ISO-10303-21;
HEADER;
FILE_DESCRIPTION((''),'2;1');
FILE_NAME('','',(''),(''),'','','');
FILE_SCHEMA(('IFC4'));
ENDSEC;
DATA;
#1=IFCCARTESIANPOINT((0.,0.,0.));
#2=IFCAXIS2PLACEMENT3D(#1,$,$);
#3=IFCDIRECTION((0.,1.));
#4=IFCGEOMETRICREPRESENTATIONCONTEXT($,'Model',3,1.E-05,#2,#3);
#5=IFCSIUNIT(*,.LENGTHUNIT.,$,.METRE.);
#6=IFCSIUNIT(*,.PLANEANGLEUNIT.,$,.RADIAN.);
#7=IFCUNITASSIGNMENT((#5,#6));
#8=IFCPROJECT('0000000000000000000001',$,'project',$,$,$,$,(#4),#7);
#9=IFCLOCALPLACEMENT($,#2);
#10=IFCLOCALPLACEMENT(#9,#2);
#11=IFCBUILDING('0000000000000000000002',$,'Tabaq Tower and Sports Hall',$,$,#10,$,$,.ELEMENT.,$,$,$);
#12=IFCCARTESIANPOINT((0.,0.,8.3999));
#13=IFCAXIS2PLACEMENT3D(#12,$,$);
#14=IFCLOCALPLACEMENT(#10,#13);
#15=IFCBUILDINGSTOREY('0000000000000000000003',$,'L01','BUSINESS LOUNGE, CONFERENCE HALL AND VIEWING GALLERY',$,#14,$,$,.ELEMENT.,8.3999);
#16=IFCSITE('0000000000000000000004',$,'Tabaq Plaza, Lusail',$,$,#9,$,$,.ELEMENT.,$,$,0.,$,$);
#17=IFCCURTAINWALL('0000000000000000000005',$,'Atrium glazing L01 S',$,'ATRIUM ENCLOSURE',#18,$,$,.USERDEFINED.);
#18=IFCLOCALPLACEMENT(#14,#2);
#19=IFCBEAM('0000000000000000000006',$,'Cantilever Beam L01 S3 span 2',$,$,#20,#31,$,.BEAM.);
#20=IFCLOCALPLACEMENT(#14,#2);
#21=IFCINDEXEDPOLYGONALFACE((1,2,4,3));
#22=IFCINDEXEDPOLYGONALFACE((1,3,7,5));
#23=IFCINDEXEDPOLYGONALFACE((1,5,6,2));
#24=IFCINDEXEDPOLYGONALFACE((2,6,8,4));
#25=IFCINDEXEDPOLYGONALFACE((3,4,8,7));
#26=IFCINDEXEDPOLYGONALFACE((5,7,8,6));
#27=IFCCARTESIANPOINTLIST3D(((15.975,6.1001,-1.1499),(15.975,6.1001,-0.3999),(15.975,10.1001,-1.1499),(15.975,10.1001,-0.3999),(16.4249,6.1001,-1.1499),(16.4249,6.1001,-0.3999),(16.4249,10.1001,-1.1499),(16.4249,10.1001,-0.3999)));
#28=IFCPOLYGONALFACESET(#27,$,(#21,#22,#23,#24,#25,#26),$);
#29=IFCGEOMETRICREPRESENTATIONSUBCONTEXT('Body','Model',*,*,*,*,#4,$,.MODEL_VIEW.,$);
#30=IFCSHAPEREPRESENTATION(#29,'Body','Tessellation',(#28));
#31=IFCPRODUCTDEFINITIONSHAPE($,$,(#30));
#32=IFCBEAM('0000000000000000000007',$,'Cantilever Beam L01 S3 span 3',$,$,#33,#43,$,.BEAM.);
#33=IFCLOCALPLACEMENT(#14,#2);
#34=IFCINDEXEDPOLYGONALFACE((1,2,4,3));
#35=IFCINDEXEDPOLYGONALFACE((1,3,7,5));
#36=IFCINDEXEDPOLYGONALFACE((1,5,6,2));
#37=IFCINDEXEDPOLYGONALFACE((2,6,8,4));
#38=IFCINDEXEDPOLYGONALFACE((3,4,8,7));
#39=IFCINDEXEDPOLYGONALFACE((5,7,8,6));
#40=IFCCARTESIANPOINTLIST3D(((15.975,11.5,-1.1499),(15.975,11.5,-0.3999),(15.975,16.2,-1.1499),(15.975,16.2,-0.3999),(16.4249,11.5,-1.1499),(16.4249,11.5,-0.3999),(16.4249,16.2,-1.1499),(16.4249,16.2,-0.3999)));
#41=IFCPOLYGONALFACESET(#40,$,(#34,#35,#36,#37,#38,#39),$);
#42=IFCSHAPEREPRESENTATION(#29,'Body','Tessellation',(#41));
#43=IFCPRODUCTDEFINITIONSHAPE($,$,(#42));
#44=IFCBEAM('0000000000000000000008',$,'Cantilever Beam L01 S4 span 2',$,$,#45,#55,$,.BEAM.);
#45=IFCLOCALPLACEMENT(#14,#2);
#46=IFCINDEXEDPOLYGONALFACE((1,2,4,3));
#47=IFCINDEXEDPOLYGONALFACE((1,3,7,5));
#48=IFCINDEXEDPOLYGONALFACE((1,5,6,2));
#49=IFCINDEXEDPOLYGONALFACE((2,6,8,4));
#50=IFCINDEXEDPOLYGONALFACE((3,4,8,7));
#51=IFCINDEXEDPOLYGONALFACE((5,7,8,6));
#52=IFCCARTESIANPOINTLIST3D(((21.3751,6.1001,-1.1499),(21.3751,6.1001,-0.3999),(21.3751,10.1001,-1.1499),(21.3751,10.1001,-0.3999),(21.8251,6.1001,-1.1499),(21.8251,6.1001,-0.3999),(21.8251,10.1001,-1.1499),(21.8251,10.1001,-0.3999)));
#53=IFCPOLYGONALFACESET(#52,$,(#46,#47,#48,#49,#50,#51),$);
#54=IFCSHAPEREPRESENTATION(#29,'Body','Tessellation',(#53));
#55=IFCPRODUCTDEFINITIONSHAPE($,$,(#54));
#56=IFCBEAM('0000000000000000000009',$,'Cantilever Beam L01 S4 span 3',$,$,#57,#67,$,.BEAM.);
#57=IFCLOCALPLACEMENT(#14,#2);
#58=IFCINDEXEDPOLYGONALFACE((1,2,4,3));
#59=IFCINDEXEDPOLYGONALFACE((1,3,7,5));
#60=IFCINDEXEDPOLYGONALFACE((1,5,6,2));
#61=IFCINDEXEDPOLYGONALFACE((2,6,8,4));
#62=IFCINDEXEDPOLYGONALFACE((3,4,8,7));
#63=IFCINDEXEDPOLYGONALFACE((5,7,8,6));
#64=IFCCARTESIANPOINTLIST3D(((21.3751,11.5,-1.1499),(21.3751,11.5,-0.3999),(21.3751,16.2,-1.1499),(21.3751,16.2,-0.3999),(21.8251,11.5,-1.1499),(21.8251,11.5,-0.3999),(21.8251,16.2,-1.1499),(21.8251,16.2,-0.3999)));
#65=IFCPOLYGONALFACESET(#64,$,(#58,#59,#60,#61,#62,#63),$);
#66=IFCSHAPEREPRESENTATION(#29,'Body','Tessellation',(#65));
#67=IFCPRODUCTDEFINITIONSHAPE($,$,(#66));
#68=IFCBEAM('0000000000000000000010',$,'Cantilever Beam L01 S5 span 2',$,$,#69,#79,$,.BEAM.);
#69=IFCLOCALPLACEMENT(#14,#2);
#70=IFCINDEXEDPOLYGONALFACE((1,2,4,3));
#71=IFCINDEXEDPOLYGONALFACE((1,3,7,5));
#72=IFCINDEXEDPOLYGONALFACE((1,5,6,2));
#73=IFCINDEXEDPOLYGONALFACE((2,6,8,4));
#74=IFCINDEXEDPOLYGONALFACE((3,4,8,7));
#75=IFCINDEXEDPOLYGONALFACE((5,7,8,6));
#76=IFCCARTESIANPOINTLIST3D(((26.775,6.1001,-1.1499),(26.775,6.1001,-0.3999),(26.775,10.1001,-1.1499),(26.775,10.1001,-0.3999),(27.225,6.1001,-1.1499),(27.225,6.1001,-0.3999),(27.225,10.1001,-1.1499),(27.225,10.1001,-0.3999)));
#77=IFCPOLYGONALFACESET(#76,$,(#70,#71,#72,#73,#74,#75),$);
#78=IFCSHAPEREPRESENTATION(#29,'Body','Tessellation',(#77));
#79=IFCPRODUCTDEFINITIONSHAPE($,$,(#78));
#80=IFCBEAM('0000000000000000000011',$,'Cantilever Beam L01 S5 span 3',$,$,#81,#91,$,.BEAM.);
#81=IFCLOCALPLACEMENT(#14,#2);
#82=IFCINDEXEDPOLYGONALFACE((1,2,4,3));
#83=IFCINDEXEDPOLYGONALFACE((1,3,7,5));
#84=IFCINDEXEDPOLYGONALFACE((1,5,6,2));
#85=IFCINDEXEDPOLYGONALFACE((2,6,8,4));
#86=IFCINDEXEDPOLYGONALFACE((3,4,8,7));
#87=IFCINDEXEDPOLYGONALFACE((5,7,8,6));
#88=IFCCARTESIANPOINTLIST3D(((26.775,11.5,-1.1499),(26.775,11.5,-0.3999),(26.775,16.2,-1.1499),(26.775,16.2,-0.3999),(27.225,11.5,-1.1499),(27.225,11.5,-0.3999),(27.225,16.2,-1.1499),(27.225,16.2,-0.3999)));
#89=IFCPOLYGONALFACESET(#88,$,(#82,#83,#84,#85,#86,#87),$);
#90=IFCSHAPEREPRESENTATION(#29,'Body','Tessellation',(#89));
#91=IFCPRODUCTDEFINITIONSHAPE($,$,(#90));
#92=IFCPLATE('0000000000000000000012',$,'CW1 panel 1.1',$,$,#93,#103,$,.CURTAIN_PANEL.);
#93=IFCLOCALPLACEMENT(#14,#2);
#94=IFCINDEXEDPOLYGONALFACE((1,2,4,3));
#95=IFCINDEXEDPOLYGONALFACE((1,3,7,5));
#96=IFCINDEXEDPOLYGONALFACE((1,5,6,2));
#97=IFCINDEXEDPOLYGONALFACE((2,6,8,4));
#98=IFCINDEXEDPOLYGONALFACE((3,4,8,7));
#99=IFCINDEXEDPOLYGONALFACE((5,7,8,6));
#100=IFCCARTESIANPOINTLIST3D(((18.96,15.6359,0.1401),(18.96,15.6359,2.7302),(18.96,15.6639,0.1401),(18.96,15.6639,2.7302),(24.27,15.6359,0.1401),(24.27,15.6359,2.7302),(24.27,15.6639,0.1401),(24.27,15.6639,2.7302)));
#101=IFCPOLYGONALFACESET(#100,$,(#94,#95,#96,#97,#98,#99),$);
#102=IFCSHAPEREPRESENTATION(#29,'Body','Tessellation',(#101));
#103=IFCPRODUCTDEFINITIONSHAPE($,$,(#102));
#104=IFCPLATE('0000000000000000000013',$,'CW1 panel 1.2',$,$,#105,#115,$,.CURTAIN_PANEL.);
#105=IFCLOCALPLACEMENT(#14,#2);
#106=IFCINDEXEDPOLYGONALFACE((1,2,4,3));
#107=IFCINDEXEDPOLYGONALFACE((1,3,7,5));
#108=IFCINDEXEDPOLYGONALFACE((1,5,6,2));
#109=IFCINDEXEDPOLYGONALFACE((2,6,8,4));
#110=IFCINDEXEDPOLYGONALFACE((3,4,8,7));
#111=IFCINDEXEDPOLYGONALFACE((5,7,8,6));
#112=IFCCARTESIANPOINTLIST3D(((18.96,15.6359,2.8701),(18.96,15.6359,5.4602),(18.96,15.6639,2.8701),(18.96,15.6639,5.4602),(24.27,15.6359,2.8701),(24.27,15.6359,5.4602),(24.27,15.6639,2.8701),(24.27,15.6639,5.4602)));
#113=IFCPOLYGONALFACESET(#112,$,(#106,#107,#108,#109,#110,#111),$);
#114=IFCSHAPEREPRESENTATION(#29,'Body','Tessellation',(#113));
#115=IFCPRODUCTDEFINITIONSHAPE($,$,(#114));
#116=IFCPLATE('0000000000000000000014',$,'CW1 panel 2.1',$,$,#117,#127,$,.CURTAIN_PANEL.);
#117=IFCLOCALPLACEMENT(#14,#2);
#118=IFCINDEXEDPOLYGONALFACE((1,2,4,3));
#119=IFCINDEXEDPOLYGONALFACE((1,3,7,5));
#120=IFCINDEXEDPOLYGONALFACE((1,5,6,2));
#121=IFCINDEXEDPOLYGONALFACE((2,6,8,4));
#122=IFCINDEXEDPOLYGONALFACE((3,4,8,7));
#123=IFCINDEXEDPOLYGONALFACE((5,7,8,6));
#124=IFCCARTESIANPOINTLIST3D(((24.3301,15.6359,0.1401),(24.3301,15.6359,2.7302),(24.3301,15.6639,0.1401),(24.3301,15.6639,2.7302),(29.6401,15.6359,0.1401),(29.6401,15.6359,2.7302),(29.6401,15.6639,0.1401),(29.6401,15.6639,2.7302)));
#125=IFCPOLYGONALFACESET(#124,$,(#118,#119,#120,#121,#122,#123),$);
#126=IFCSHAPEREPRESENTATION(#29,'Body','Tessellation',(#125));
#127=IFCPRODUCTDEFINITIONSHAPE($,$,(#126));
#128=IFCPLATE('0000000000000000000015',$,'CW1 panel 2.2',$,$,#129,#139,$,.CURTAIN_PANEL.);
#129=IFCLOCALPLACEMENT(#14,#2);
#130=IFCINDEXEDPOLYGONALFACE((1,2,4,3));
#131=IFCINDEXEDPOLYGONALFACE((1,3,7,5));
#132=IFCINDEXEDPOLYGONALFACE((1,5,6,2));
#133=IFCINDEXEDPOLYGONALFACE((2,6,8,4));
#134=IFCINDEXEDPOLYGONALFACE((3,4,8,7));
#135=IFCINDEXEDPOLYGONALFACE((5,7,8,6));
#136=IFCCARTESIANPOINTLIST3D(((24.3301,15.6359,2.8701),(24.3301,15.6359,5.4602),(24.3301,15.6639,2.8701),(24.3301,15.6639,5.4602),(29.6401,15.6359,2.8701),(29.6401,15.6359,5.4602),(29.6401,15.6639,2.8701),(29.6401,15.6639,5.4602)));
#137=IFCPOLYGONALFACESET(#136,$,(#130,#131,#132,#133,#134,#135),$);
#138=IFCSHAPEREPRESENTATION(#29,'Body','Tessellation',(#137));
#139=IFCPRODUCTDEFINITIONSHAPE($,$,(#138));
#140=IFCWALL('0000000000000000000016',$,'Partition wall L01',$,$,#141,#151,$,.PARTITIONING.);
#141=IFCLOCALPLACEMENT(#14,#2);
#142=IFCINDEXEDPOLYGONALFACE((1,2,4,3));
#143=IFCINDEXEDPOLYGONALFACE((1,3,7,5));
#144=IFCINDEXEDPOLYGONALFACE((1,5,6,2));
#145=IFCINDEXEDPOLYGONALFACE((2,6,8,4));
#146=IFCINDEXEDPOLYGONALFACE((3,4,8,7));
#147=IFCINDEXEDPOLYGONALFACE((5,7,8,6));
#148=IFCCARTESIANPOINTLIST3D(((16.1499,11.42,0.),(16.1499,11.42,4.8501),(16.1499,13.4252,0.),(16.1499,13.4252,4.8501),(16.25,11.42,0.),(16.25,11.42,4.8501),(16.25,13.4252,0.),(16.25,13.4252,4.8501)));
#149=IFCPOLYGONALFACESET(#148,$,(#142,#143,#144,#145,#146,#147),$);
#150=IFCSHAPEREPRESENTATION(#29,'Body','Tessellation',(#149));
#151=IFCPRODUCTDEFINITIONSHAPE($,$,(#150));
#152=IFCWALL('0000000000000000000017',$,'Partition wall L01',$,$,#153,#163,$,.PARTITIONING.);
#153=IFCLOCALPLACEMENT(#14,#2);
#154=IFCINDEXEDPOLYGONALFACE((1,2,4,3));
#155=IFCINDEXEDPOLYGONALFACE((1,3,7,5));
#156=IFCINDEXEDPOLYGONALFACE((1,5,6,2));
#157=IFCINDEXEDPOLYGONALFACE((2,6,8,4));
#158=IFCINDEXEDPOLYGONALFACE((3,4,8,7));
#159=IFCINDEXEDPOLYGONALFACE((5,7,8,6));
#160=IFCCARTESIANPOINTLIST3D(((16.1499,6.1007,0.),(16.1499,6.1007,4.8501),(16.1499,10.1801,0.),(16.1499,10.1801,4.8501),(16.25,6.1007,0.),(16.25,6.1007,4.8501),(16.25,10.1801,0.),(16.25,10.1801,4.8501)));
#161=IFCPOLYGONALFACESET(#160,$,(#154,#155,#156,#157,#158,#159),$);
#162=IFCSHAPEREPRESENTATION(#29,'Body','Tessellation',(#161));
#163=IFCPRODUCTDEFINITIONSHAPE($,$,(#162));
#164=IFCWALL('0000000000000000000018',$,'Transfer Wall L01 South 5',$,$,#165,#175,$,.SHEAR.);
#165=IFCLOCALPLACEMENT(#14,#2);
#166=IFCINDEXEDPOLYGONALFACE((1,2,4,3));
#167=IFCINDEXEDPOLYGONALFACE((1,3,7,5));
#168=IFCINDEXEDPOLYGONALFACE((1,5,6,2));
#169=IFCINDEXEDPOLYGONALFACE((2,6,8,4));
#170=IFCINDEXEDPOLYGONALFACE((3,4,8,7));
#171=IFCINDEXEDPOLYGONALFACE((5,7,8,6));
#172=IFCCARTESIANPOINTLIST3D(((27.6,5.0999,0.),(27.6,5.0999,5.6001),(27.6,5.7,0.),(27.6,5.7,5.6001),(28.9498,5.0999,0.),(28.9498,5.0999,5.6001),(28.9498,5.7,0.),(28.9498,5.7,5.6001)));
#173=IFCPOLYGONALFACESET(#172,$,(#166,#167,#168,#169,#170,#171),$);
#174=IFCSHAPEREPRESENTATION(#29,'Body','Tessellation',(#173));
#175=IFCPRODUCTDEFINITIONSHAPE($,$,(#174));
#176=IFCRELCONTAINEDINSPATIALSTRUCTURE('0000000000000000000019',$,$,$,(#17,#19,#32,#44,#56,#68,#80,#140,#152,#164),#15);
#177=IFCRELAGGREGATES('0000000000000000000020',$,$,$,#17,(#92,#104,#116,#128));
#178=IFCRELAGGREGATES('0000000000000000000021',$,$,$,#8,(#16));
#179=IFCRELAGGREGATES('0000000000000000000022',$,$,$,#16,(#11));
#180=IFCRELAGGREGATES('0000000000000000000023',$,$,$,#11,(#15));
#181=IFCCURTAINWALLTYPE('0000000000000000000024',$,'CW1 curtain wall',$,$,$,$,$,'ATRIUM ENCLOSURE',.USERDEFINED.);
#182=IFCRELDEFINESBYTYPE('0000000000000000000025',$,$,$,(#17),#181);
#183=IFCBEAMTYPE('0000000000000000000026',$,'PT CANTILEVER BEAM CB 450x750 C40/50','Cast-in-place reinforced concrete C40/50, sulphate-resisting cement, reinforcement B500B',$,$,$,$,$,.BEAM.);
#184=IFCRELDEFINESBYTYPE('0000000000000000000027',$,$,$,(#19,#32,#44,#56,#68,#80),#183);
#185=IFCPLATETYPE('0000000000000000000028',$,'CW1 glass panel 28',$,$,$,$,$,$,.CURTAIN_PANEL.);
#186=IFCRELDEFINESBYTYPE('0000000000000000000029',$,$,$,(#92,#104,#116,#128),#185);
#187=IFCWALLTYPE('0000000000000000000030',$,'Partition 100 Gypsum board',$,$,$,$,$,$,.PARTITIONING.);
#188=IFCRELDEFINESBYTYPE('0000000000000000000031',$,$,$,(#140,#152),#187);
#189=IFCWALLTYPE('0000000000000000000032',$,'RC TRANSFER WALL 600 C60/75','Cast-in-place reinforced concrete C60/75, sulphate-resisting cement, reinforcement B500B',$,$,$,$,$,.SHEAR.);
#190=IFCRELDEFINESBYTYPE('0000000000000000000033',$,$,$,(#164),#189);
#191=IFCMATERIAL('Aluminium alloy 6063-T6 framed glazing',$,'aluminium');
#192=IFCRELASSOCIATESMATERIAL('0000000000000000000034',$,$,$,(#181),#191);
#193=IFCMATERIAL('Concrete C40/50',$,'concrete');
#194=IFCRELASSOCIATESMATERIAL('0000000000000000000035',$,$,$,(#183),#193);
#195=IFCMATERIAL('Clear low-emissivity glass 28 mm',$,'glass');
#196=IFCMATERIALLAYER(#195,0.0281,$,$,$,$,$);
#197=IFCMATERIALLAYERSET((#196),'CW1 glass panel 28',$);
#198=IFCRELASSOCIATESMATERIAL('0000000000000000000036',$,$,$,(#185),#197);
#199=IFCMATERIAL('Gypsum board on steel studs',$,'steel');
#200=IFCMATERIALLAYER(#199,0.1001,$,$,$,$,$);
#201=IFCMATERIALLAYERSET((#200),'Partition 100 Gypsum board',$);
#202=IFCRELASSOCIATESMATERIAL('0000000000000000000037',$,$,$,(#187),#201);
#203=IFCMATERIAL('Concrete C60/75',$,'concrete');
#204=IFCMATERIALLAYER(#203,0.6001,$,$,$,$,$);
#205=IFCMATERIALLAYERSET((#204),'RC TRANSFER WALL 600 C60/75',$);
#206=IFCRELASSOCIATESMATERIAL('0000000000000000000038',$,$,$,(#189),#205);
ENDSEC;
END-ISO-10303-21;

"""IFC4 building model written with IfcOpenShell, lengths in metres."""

from ifc_helpers import new_model, si_unit, direction, frame, frame_2d, origin, origin_2d, place, context, subcontext, project, spatial, rectangle, extrude, material, layer, layer_set, material_profile, profile_set, type_object, element, aggregate, save


model = new_model("IFC4")

# Units and contexts
model_context = context("Model", 3, precision=1e-05, world=origin(), true_north=direction((0.0, 1.0)))
body_context = subcontext(model_context, "Body", "Model", "MODEL_VIEW")
ifc_project = project(units=[si_unit("LENGTHUNIT", "METRE"), si_unit("PLANEANGLEUNIT", "RADIAN")], contexts=[model_context])

# Site, building, storey
site_placement = place(None, origin())
site = spatial("IfcSite", under=ifc_project, at=site_placement, Name="Tabaq Plaza, Lusail", CompositionType="ELEMENT", RefElevation=0.0)
building_placement = place(site_placement, origin())
building = spatial("IfcBuilding", under=site, at=building_placement, Name="Tabaq Tower and Sports Hall", CompositionType="ELEMENT")
storey_placement = place(building_placement, frame((0.0, 0.0, 8.3999)))
storey = spatial("IfcBuildingStorey", under=building, at=storey_placement, Name="L01", Description="BUSINESS LOUNGE, CONFERENCE HALL AND VIEWING GALLERY", CompositionType="ELEMENT", Elevation=8.3999)

# Curtain wall
ifc_material_1 = material(Name="Aluminium alloy 6063-T6 framed glazing", Category="aluminium")
curtain_wall_type = type_object("IfcCurtainWallType", Name="CW1 curtain wall", ElementType="ATRIUM ENCLOSURE", PredefinedType="USERDEFINED", material=ifc_material_1)
curtain_wall_placement = place(storey_placement, origin())
curtain_wall = element("IfcCurtainWall", 1, at=curtain_wall_placement, inside=storey, type_object=curtain_wall_type, Name="Atrium glazing L01 S", ObjectType="ATRIUM ENCLOSURE", PredefinedType="USERDEFINED")

# Beams
ifc_material_2 = material(Name="Concrete C40/50", Category="concrete")
ifc_material_profile_1 = material_profile(ifc_material_2, rectangle(XDim=0.45, YDim=0.75, at=origin_2d()), Name="CB 450x750")
ifc_profile_set_1 = profile_set([ifc_material_profile_1], Name="Concrete C40/50")
beam_type = type_object("IfcBeamType", Name="PT CANTILEVER BEAM CB 450x750 C40/50", Description="Cast-in-place reinforced concrete C40/50, sulphate-resisting cement, reinforcement B500B", PredefinedType="BEAM", material=ifc_profile_set_1)
beam_1_placement = place(storey_placement, frame((16.2, 6.1001, -0.7749), z_axis=(0.0, 1.0, 0.0), x_axis=(-1.0, 0.0, 0.0)))
element("IfcBeam", 2, at=beam_1_placement, inside=storey, type_object=beam_type, Name="Cantilever Beam L01 S3 span 2", PredefinedType="BEAM", context=body_context, shape_type="SweptSolid", body=[
    extrude(rectangle(XDim=0.45, YDim=0.75, at=origin_2d()), origin(), (0.0, 0.0, 1.0), 4.0),
])
beam_2_placement = place(storey_placement, frame((16.2, 11.5, -0.7749), z_axis=(0.0, 1.0, 0.0), x_axis=(-1.0, 0.0, 0.0)))
element("IfcBeam", 3, at=beam_2_placement, inside=storey, type_object=beam_type, Name="Cantilever Beam L01 S3 span 3", PredefinedType="BEAM", context=body_context, shape_type="SweptSolid", body=[
    extrude(rectangle(XDim=0.45, YDim=0.75, at=origin_2d()), origin(), (0.0, 0.0, 1.0), 4.7),
])
beam_3_placement = place(storey_placement, frame((21.6001, 6.1001, -0.7749), z_axis=(0.0, 1.0, 0.0), x_axis=(-1.0, 0.0, 0.0)))
element("IfcBeam", 4, at=beam_3_placement, inside=storey, type_object=beam_type, Name="Cantilever Beam L01 S4 span 2", PredefinedType="BEAM", context=body_context, shape_type="SweptSolid", body=[
    extrude(rectangle(XDim=0.45, YDim=0.75, at=origin_2d()), origin(), (0.0, 0.0, 1.0), 4.0),
])
beam_4_placement = place(storey_placement, frame((21.6001, 11.5, -0.7749), z_axis=(0.0, 1.0, 0.0), x_axis=(-1.0, 0.0, 0.0)))
element("IfcBeam", 5, at=beam_4_placement, inside=storey, type_object=beam_type, Name="Cantilever Beam L01 S4 span 3", PredefinedType="BEAM", context=body_context, shape_type="SweptSolid", body=[
    extrude(rectangle(XDim=0.45, YDim=0.75, at=origin_2d()), origin(), (0.0, 0.0, 1.0), 4.7),
])
beam_5_placement = place(storey_placement, frame((27.0, 6.1001, -0.7749), z_axis=(0.0, 1.0, 0.0), x_axis=(-1.0, 0.0, 0.0)))
element("IfcBeam", 6, at=beam_5_placement, inside=storey, type_object=beam_type, Name="Cantilever Beam L01 S5 span 2", PredefinedType="BEAM", context=body_context, shape_type="SweptSolid", body=[
    extrude(rectangle(XDim=0.45, YDim=0.75, at=origin_2d()), origin(), (0.0, 0.0, 1.0), 4.0),
])
beam_6_placement = place(storey_placement, frame((27.0, 11.5, -0.7749), z_axis=(0.0, 1.0, 0.0), x_axis=(-1.0, 0.0, 0.0)))
element("IfcBeam", 7, at=beam_6_placement, inside=storey, type_object=beam_type, Name="Cantilever Beam L01 S5 span 3", PredefinedType="BEAM", context=body_context, shape_type="SweptSolid", body=[
    extrude(rectangle(XDim=0.45, YDim=0.75, at=origin_2d()), origin(), (0.0, 0.0, 1.0), 4.7),
])

# Plates
ifc_material_3 = material(Name="Clear low-emissivity glass 28 mm", Category="glass")
ifc_layer_1 = layer(ifc_material_3, 0.0281)
ifc_layer_set_1 = layer_set([ifc_layer_1], Name="CW1 glass panel 28")
plate_type = type_object("IfcPlateType", Name="CW1 glass panel 28", PredefinedType="CURTAIN_PANEL", material=ifc_layer_set_1)
plate_1_placement = place(storey_placement, frame((21.615, 15.6499, 0.1401), z_axis=(0.0, 0.0, 1.0), x_axis=(1.0, 0.0, 0.0)))
plate_1 = element("IfcPlate", 8, at=plate_1_placement, type_object=plate_type, Name="CW1 panel 1.1", PredefinedType="CURTAIN_PANEL", context=body_context, shape_type="SweptSolid", body=[
    extrude(rectangle(XDim=5.3101, YDim=0.0281, at=origin_2d()), origin(), (0.0, 0.0, 1.0), 2.5901),
])
plate_2_placement = place(storey_placement, frame((21.615, 15.6499, 2.8701), z_axis=(0.0, 0.0, 1.0), x_axis=(1.0, 0.0, 0.0)))
plate_2 = element("IfcPlate", 9, at=plate_2_placement, type_object=plate_type, Name="CW1 panel 1.2", PredefinedType="CURTAIN_PANEL", context=body_context, shape_type="SweptSolid", body=[
    extrude(rectangle(XDim=5.3101, YDim=0.0281, at=origin_2d()), origin(), (0.0, 0.0, 1.0), 2.5901),
])
plate_3_placement = place(storey_placement, frame((26.9851, 15.6499, 0.1401), z_axis=(0.0, 0.0, 1.0), x_axis=(1.0, 0.0, 0.0)))
plate_3 = element("IfcPlate", 10, at=plate_3_placement, type_object=plate_type, Name="CW1 panel 2.1", PredefinedType="CURTAIN_PANEL", context=body_context, shape_type="SweptSolid", body=[
    extrude(rectangle(XDim=5.3101, YDim=0.0281, at=origin_2d()), origin(), (0.0, 0.0, 1.0), 2.5901),
])
plate_4_placement = place(storey_placement, frame((26.9851, 15.6499, 2.8701), z_axis=(0.0, 0.0, 1.0), x_axis=(1.0, 0.0, 0.0)))
plate_4 = element("IfcPlate", 11, at=plate_4_placement, type_object=plate_type, Name="CW1 panel 2.2", PredefinedType="CURTAIN_PANEL", context=body_context, shape_type="SweptSolid", body=[
    extrude(rectangle(XDim=5.3101, YDim=0.0281, at=origin_2d()), origin(), (0.0, 0.0, 1.0), 2.5901),
])
aggregate(curtain_wall, [plate_1, plate_2, plate_3, plate_4])

# Walls
ifc_material_4 = material(Name="Gypsum board on steel studs", Category="steel")
ifc_layer_2 = layer(ifc_material_4, 0.1001)
ifc_layer_set_2 = layer_set([ifc_layer_2], Name="Partition 100 Gypsum board")
wall_type_1 = type_object("IfcWallType", Name="Partition 100 Gypsum board", PredefinedType="PARTITIONING", material=ifc_layer_set_2)
wall_1_placement = place(storey_placement, frame((16.2, 13.425, 0.0), z_axis=(0.0, 0.0, 1.0), x_axis=(0.0, -1.0, 0.0)))
element("IfcWall", 12, at=wall_1_placement, inside=storey, type_object=wall_type_1, Name="Partition wall L01", PredefinedType="PARTITIONING", context=body_context, shape_type="SweptSolid", body=[
    extrude(rectangle(XDim=2.0051, YDim=0.1001, at=frame_2d((1.0024, 0.0))), origin(), (0.0, 0.0, 1.0), 4.8501),
])
wall_2_placement = place(storey_placement, frame((16.2, 10.1799, 0.0), z_axis=(0.0, 0.0, 1.0), x_axis=(0.0, -1.0, 0.0)))
element("IfcWall", 13, at=wall_2_placement, inside=storey, type_object=wall_type_1, Name="Partition wall L01", PredefinedType="PARTITIONING", context=body_context, shape_type="SweptSolid", body=[
    extrude(rectangle(XDim=4.0793, YDim=0.1001, at=frame_2d((2.0396, 0.0))), origin(), (0.0, 0.0, 1.0), 4.8501),
])
ifc_material_5 = material(Name="Concrete C60/75", Category="concrete")
ifc_layer_3 = layer(ifc_material_5, 0.6001)
ifc_layer_set_3 = layer_set([ifc_layer_3], Name="RC TRANSFER WALL 600 C60/75")
wall_type_2 = type_object("IfcWallType", Name="RC TRANSFER WALL 600 C60/75", Description="Cast-in-place reinforced concrete C60/75, sulphate-resisting cement, reinforcement B500B", PredefinedType="SHEAR", material=ifc_layer_set_3)
wall_3_placement = place(storey_placement, frame((27.6001, 5.3999, 0.0), z_axis=(0.0, 0.0, 1.0), x_axis=(1.0, 0.0, 0.0)))
element("IfcWall", 14, at=wall_3_placement, inside=storey, type_object=wall_type_2, Name="Transfer Wall L01 South 5", PredefinedType="SHEAR", context=body_context, shape_type="SweptSolid", body=[
    extrude(rectangle(XDim=1.3499, YDim=0.6001, at=frame_2d((0.6748, 0.0))), origin(), (0.0, 0.0, 1.0), 5.6001),
])

save(model, "model.ifc")
